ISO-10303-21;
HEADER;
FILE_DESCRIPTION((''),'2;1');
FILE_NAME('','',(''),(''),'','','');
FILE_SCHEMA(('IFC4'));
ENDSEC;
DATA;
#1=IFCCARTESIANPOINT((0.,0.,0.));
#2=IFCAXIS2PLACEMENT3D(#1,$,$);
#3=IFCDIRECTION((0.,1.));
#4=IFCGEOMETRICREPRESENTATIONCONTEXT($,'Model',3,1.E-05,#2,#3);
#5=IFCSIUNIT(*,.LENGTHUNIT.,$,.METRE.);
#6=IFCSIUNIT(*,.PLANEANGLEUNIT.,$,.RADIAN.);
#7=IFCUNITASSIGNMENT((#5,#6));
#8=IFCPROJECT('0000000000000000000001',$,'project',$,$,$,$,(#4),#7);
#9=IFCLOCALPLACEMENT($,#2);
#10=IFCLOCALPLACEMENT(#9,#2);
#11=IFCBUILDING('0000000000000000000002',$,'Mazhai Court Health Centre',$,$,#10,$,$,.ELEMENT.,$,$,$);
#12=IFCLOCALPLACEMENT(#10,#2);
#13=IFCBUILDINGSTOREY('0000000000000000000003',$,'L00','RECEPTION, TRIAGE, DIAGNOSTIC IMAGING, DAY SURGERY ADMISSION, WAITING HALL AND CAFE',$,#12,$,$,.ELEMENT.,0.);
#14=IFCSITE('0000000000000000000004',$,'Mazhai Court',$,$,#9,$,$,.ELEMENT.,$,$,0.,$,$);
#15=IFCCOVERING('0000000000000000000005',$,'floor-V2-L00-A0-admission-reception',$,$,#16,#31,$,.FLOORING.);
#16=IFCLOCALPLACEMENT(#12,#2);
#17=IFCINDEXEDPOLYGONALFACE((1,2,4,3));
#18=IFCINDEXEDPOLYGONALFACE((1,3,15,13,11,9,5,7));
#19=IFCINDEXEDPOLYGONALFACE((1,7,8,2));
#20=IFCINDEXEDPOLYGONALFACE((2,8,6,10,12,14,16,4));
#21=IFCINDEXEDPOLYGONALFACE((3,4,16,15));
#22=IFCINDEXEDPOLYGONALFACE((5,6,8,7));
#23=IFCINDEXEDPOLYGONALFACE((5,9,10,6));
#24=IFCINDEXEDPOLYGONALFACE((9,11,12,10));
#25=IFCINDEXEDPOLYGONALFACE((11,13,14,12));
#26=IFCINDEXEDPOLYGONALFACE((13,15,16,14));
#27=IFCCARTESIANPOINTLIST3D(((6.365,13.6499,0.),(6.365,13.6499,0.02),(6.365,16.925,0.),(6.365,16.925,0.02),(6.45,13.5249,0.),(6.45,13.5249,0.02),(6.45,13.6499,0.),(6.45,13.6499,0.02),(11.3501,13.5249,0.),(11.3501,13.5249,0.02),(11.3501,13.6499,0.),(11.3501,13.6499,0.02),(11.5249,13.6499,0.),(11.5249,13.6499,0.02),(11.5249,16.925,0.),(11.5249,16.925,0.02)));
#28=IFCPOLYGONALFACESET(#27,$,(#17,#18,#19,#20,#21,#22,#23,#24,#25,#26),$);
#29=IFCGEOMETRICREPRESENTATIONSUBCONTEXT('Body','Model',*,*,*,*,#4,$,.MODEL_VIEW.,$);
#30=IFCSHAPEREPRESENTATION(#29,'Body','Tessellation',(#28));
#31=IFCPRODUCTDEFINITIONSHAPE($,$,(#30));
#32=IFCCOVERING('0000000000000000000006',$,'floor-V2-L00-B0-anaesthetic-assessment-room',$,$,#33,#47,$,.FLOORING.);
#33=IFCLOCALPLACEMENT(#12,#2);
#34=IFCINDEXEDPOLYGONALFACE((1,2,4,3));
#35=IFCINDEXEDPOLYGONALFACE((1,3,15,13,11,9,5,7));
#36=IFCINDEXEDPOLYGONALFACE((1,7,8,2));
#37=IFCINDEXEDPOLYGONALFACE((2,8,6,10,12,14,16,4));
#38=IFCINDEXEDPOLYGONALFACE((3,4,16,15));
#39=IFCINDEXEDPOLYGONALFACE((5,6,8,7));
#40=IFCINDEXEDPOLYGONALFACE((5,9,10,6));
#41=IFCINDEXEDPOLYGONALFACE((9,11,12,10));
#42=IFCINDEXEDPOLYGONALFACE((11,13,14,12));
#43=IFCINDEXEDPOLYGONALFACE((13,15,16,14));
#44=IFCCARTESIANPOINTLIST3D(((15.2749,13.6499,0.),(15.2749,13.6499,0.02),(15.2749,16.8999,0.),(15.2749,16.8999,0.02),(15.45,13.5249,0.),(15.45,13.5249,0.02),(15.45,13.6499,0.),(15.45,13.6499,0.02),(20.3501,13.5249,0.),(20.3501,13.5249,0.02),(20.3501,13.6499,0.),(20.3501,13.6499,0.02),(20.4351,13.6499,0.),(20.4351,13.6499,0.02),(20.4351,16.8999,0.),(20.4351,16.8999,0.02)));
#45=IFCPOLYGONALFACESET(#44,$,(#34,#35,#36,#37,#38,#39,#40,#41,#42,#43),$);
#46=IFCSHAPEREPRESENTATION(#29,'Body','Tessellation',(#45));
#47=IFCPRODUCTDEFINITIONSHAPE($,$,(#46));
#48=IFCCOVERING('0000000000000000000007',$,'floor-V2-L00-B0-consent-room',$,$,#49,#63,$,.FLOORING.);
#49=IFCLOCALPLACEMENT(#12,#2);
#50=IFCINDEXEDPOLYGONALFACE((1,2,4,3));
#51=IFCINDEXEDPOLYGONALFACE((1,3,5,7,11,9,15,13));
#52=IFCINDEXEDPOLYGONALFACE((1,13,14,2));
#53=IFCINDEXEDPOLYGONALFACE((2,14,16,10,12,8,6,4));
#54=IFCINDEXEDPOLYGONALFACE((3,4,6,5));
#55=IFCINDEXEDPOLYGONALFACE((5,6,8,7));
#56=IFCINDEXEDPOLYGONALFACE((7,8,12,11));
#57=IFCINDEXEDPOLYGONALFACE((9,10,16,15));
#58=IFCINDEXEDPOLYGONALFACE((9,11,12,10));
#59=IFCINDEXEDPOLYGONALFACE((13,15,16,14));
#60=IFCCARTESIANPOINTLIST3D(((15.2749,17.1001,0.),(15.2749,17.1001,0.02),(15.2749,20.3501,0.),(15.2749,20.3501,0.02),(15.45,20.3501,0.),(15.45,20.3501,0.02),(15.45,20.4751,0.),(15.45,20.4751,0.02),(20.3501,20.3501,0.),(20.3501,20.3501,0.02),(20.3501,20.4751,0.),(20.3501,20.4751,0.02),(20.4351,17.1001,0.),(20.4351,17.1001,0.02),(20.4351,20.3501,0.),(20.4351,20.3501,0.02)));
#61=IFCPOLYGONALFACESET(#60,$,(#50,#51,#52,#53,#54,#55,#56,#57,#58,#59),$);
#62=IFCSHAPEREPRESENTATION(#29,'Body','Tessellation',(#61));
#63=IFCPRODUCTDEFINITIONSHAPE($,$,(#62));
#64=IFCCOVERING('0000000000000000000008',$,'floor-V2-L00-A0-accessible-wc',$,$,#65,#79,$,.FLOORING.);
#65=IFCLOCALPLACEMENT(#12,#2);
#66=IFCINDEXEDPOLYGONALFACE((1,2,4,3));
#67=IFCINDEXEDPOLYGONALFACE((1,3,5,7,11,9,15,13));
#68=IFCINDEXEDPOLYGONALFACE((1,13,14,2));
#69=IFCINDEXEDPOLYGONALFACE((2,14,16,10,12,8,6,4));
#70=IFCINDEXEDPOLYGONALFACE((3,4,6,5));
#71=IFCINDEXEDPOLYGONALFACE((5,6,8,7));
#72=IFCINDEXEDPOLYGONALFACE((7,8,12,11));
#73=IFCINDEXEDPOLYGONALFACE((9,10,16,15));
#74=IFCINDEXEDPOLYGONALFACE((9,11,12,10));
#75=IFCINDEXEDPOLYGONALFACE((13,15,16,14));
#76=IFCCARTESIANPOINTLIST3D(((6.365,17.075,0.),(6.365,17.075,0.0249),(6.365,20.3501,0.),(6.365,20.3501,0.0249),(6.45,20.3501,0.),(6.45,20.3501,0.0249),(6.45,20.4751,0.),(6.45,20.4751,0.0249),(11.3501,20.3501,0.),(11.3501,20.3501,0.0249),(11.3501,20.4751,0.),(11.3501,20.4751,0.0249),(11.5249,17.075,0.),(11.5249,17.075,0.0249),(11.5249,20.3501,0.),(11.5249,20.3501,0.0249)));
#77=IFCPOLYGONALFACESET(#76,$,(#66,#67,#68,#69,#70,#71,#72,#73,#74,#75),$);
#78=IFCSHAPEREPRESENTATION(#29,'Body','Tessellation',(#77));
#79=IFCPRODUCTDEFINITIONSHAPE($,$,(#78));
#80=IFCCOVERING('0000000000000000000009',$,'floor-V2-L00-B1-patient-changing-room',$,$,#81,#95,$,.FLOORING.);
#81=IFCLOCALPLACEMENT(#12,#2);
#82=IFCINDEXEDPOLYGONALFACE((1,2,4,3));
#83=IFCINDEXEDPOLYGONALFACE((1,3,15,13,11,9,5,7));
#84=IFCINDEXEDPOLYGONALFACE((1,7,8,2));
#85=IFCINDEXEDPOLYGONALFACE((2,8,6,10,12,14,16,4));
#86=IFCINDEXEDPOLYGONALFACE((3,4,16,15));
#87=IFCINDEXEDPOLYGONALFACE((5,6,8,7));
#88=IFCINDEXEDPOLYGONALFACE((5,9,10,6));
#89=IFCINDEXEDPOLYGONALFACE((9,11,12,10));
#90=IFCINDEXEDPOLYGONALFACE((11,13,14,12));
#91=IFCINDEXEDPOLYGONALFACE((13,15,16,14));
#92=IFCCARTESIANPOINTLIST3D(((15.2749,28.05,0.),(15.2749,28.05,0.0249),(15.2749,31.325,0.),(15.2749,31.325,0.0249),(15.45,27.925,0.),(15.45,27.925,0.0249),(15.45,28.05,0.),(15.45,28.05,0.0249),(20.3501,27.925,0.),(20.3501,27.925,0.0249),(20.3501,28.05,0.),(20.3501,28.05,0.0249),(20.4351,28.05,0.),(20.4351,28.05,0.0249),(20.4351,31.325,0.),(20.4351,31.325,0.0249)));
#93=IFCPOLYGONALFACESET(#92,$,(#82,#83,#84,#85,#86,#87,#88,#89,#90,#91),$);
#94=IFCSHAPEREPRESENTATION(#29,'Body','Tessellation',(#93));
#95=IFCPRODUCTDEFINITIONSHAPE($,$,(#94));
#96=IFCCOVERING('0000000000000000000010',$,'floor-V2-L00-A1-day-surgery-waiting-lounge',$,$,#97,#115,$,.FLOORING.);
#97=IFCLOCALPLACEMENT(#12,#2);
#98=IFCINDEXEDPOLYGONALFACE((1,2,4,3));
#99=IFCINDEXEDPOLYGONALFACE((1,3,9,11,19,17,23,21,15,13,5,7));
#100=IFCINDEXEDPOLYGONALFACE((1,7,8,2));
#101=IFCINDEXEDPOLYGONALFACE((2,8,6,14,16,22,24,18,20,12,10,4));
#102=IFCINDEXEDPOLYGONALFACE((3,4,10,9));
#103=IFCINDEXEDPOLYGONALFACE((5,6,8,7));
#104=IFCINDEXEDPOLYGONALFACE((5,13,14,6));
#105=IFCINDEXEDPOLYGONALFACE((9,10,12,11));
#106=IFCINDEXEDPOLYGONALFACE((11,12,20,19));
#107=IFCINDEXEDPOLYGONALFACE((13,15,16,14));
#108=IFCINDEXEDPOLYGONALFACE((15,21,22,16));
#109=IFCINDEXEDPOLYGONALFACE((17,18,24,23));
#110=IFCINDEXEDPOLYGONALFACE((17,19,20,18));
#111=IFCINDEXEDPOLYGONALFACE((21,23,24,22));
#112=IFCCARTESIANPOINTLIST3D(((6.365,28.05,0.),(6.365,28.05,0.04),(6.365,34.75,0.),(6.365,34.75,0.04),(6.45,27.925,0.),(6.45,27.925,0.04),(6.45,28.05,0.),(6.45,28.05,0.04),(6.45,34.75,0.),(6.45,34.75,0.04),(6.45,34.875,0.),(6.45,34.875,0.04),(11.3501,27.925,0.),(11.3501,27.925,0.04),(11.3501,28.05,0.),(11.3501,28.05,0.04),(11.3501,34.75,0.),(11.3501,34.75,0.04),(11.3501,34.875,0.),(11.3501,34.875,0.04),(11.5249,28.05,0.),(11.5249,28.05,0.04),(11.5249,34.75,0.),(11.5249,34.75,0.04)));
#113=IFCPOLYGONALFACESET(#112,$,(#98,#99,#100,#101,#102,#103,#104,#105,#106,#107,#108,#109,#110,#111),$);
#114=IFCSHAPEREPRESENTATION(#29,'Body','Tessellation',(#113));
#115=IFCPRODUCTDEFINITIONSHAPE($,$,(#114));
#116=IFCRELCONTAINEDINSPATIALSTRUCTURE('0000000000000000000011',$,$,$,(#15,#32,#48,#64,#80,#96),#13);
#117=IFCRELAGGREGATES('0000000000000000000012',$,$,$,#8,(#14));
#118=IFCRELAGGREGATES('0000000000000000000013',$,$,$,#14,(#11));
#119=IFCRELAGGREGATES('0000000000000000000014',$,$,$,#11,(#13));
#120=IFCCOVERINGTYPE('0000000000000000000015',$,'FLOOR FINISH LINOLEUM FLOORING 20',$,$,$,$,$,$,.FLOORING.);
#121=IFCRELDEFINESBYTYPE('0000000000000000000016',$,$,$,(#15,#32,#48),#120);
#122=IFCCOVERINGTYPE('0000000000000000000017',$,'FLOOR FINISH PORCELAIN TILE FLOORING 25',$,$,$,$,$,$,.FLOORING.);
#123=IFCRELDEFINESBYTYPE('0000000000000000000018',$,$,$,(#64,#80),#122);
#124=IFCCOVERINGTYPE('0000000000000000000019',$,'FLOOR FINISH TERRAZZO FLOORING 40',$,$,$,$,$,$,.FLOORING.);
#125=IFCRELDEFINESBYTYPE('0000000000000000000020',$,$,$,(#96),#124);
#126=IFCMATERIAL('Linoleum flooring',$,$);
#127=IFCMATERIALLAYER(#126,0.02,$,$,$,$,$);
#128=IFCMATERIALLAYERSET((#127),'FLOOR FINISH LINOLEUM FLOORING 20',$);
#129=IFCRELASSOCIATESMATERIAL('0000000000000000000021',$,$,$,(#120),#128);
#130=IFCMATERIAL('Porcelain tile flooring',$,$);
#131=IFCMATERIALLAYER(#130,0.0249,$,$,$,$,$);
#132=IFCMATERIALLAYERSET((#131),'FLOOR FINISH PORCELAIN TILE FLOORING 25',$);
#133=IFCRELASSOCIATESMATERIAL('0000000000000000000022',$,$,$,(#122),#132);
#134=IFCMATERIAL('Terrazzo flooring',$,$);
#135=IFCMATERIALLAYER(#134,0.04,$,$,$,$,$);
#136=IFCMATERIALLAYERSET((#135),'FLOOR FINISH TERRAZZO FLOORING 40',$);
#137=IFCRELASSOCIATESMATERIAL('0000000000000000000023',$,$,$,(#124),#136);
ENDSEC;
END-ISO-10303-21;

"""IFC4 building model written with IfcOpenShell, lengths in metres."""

from ifc_helpers import new_model, si_unit, direction, origin, place, context, subcontext, project, spatial, polyline, outline, extrude, material, layer, layer_set, type_object, element, save


model = new_model("IFC4")

# Units and contexts
model_context = context("Model", 3, precision=1e-05, world=origin(), true_north=direction((0.0, 1.0)))
body_context = subcontext(model_context, "Body", "Model", "MODEL_VIEW")
ifc_project = project(units=[si_unit("LENGTHUNIT", "METRE"), si_unit("PLANEANGLEUNIT", "RADIAN")], contexts=[model_context])

# Site, building, storey
site_placement = place(None, origin())
site = spatial("IfcSite", under=ifc_project, at=site_placement, Name="Mazhai Court", CompositionType="ELEMENT", RefElevation=0.0)
building_placement = place(site_placement, origin())
building = spatial("IfcBuilding", under=site, at=building_placement, Name="Mazhai Court Health Centre", CompositionType="ELEMENT")
storey_placement = place(building_placement, origin())
storey = spatial("IfcBuildingStorey", under=building, at=storey_placement, Name="L00", Description="RECEPTION, TRIAGE, DIAGNOSTIC IMAGING, DAY SURGERY ADMISSION, WAITING HALL AND CAFE", CompositionType="ELEMENT", Elevation=0.0)

# Coverings
ifc_material_1 = material(Name="Linoleum flooring")
ifc_layer_1 = layer(ifc_material_1, 0.02)
ifc_layer_set_1 = layer_set([ifc_layer_1], Name="FLOOR FINISH LINOLEUM FLOORING 20")
covering_type_1 = type_object("IfcCoveringType", Name="FLOOR FINISH LINOLEUM FLOORING 20", PredefinedType="FLOORING", material=ifc_layer_set_1)
covering_1_placement = place(storey_placement, origin())
element("IfcCovering", 1, at=covering_1_placement, inside=storey, type_object=covering_type_1, Name="floor-V2-L00-A0-admission-reception", PredefinedType="FLOORING", context=body_context, shape_type="SweptSolid", body=[
    extrude(outline(polyline([(6.365, 13.6499), (6.45, 13.6499), (6.45, 13.5249), (11.3501, 13.5249), (11.3501, 13.6499), (11.5249, 13.6499), (11.5249, 16.925), (6.365, 16.925), (6.365, 13.6499)])), origin(), (0.0, 0.0, 1.0), 0.02),
])
covering_2_placement = place(storey_placement, origin())
element("IfcCovering", 2, at=covering_2_placement, inside=storey, type_object=covering_type_1, Name="floor-V2-L00-B0-anaesthetic-assessment-room", PredefinedType="FLOORING", context=body_context, shape_type="SweptSolid", body=[
    extrude(outline(polyline([(15.2749, 13.6499), (15.45, 13.6499), (15.45, 13.5249), (20.3501, 13.5249), (20.3501, 13.6499), (20.4351, 13.6499), (20.4351, 16.8999), (15.2749, 16.8999), (15.2749, 13.6499)])), origin(), (0.0, 0.0, 1.0), 0.02),
])
covering_3_placement = place(storey_placement, origin())
element("IfcCovering", 3, at=covering_3_placement, inside=storey, type_object=covering_type_1, Name="floor-V2-L00-B0-consent-room", PredefinedType="FLOORING", context=body_context, shape_type="SweptSolid", body=[
    extrude(outline(polyline([(20.4351, 20.3501), (20.3501, 20.3501), (20.3501, 20.4751), (15.45, 20.4751), (15.45, 20.3501), (15.2749, 20.3501), (15.2749, 17.1001), (20.4351, 17.1001), (20.4351, 20.3501)])), origin(), (0.0, 0.0, 1.0), 0.02),
])
ifc_material_2 = material(Name="Porcelain tile flooring")
ifc_layer_2 = layer(ifc_material_2, 0.0249)
ifc_layer_set_2 = layer_set([ifc_layer_2], Name="FLOOR FINISH PORCELAIN TILE FLOORING 25")
covering_type_2 = type_object("IfcCoveringType", Name="FLOOR FINISH PORCELAIN TILE FLOORING 25", PredefinedType="FLOORING", material=ifc_layer_set_2)
covering_4_placement = place(storey_placement, origin())
element("IfcCovering", 4, at=covering_4_placement, inside=storey, type_object=covering_type_2, Name="floor-V2-L00-A0-accessible-wc", PredefinedType="FLOORING", context=body_context, shape_type="SweptSolid", body=[
    extrude(outline(polyline([(11.5249, 20.3501), (11.3501, 20.3501), (11.3501, 20.4751), (6.45, 20.4751), (6.45, 20.3501), (6.365, 20.3501), (6.365, 17.075), (11.5249, 17.075), (11.5249, 20.3501)])), origin(), (0.0, 0.0, 1.0), 0.0249),
])
covering_5_placement = place(storey_placement, origin())
element("IfcCovering", 5, at=covering_5_placement, inside=storey, type_object=covering_type_2, Name="floor-V2-L00-B1-patient-changing-room", PredefinedType="FLOORING", context=body_context, shape_type="SweptSolid", body=[
    extrude(outline(polyline([(15.2749, 28.05), (15.45, 28.05), (15.45, 27.925), (20.3501, 27.925), (20.3501, 28.05), (20.4351, 28.05), (20.4351, 31.325), (15.2749, 31.325), (15.2749, 28.05)])), origin(), (0.0, 0.0, 1.0), 0.0249),
])
ifc_material_3 = material(Name="Terrazzo flooring")
ifc_layer_3 = layer(ifc_material_3, 0.04)
ifc_layer_set_3 = layer_set([ifc_layer_3], Name="FLOOR FINISH TERRAZZO FLOORING 40")
covering_type_3 = type_object("IfcCoveringType", Name="FLOOR FINISH TERRAZZO FLOORING 40", PredefinedType="FLOORING", material=ifc_layer_set_3)
covering_6_placement = place(storey_placement, origin())
element("IfcCovering", 6, at=covering_6_placement, inside=storey, type_object=covering_type_3, Name="floor-V2-L00-A1-day-surgery-waiting-lounge", PredefinedType="FLOORING", context=body_context, shape_type="SweptSolid", body=[
    extrude(outline(polyline([(11.5249, 34.75), (11.3501, 34.75), (11.3501, 34.875), (6.45, 34.875), (6.45, 34.75), (6.365, 34.75), (6.365, 28.05), (6.45, 28.05), (6.45, 27.925), (11.3501, 27.925), (11.3501, 28.05), (11.5249, 28.05), (11.5249, 34.75)])), origin(), (0.0, 0.0, 1.0), 0.04),
])

save(model, "model.ifc")
